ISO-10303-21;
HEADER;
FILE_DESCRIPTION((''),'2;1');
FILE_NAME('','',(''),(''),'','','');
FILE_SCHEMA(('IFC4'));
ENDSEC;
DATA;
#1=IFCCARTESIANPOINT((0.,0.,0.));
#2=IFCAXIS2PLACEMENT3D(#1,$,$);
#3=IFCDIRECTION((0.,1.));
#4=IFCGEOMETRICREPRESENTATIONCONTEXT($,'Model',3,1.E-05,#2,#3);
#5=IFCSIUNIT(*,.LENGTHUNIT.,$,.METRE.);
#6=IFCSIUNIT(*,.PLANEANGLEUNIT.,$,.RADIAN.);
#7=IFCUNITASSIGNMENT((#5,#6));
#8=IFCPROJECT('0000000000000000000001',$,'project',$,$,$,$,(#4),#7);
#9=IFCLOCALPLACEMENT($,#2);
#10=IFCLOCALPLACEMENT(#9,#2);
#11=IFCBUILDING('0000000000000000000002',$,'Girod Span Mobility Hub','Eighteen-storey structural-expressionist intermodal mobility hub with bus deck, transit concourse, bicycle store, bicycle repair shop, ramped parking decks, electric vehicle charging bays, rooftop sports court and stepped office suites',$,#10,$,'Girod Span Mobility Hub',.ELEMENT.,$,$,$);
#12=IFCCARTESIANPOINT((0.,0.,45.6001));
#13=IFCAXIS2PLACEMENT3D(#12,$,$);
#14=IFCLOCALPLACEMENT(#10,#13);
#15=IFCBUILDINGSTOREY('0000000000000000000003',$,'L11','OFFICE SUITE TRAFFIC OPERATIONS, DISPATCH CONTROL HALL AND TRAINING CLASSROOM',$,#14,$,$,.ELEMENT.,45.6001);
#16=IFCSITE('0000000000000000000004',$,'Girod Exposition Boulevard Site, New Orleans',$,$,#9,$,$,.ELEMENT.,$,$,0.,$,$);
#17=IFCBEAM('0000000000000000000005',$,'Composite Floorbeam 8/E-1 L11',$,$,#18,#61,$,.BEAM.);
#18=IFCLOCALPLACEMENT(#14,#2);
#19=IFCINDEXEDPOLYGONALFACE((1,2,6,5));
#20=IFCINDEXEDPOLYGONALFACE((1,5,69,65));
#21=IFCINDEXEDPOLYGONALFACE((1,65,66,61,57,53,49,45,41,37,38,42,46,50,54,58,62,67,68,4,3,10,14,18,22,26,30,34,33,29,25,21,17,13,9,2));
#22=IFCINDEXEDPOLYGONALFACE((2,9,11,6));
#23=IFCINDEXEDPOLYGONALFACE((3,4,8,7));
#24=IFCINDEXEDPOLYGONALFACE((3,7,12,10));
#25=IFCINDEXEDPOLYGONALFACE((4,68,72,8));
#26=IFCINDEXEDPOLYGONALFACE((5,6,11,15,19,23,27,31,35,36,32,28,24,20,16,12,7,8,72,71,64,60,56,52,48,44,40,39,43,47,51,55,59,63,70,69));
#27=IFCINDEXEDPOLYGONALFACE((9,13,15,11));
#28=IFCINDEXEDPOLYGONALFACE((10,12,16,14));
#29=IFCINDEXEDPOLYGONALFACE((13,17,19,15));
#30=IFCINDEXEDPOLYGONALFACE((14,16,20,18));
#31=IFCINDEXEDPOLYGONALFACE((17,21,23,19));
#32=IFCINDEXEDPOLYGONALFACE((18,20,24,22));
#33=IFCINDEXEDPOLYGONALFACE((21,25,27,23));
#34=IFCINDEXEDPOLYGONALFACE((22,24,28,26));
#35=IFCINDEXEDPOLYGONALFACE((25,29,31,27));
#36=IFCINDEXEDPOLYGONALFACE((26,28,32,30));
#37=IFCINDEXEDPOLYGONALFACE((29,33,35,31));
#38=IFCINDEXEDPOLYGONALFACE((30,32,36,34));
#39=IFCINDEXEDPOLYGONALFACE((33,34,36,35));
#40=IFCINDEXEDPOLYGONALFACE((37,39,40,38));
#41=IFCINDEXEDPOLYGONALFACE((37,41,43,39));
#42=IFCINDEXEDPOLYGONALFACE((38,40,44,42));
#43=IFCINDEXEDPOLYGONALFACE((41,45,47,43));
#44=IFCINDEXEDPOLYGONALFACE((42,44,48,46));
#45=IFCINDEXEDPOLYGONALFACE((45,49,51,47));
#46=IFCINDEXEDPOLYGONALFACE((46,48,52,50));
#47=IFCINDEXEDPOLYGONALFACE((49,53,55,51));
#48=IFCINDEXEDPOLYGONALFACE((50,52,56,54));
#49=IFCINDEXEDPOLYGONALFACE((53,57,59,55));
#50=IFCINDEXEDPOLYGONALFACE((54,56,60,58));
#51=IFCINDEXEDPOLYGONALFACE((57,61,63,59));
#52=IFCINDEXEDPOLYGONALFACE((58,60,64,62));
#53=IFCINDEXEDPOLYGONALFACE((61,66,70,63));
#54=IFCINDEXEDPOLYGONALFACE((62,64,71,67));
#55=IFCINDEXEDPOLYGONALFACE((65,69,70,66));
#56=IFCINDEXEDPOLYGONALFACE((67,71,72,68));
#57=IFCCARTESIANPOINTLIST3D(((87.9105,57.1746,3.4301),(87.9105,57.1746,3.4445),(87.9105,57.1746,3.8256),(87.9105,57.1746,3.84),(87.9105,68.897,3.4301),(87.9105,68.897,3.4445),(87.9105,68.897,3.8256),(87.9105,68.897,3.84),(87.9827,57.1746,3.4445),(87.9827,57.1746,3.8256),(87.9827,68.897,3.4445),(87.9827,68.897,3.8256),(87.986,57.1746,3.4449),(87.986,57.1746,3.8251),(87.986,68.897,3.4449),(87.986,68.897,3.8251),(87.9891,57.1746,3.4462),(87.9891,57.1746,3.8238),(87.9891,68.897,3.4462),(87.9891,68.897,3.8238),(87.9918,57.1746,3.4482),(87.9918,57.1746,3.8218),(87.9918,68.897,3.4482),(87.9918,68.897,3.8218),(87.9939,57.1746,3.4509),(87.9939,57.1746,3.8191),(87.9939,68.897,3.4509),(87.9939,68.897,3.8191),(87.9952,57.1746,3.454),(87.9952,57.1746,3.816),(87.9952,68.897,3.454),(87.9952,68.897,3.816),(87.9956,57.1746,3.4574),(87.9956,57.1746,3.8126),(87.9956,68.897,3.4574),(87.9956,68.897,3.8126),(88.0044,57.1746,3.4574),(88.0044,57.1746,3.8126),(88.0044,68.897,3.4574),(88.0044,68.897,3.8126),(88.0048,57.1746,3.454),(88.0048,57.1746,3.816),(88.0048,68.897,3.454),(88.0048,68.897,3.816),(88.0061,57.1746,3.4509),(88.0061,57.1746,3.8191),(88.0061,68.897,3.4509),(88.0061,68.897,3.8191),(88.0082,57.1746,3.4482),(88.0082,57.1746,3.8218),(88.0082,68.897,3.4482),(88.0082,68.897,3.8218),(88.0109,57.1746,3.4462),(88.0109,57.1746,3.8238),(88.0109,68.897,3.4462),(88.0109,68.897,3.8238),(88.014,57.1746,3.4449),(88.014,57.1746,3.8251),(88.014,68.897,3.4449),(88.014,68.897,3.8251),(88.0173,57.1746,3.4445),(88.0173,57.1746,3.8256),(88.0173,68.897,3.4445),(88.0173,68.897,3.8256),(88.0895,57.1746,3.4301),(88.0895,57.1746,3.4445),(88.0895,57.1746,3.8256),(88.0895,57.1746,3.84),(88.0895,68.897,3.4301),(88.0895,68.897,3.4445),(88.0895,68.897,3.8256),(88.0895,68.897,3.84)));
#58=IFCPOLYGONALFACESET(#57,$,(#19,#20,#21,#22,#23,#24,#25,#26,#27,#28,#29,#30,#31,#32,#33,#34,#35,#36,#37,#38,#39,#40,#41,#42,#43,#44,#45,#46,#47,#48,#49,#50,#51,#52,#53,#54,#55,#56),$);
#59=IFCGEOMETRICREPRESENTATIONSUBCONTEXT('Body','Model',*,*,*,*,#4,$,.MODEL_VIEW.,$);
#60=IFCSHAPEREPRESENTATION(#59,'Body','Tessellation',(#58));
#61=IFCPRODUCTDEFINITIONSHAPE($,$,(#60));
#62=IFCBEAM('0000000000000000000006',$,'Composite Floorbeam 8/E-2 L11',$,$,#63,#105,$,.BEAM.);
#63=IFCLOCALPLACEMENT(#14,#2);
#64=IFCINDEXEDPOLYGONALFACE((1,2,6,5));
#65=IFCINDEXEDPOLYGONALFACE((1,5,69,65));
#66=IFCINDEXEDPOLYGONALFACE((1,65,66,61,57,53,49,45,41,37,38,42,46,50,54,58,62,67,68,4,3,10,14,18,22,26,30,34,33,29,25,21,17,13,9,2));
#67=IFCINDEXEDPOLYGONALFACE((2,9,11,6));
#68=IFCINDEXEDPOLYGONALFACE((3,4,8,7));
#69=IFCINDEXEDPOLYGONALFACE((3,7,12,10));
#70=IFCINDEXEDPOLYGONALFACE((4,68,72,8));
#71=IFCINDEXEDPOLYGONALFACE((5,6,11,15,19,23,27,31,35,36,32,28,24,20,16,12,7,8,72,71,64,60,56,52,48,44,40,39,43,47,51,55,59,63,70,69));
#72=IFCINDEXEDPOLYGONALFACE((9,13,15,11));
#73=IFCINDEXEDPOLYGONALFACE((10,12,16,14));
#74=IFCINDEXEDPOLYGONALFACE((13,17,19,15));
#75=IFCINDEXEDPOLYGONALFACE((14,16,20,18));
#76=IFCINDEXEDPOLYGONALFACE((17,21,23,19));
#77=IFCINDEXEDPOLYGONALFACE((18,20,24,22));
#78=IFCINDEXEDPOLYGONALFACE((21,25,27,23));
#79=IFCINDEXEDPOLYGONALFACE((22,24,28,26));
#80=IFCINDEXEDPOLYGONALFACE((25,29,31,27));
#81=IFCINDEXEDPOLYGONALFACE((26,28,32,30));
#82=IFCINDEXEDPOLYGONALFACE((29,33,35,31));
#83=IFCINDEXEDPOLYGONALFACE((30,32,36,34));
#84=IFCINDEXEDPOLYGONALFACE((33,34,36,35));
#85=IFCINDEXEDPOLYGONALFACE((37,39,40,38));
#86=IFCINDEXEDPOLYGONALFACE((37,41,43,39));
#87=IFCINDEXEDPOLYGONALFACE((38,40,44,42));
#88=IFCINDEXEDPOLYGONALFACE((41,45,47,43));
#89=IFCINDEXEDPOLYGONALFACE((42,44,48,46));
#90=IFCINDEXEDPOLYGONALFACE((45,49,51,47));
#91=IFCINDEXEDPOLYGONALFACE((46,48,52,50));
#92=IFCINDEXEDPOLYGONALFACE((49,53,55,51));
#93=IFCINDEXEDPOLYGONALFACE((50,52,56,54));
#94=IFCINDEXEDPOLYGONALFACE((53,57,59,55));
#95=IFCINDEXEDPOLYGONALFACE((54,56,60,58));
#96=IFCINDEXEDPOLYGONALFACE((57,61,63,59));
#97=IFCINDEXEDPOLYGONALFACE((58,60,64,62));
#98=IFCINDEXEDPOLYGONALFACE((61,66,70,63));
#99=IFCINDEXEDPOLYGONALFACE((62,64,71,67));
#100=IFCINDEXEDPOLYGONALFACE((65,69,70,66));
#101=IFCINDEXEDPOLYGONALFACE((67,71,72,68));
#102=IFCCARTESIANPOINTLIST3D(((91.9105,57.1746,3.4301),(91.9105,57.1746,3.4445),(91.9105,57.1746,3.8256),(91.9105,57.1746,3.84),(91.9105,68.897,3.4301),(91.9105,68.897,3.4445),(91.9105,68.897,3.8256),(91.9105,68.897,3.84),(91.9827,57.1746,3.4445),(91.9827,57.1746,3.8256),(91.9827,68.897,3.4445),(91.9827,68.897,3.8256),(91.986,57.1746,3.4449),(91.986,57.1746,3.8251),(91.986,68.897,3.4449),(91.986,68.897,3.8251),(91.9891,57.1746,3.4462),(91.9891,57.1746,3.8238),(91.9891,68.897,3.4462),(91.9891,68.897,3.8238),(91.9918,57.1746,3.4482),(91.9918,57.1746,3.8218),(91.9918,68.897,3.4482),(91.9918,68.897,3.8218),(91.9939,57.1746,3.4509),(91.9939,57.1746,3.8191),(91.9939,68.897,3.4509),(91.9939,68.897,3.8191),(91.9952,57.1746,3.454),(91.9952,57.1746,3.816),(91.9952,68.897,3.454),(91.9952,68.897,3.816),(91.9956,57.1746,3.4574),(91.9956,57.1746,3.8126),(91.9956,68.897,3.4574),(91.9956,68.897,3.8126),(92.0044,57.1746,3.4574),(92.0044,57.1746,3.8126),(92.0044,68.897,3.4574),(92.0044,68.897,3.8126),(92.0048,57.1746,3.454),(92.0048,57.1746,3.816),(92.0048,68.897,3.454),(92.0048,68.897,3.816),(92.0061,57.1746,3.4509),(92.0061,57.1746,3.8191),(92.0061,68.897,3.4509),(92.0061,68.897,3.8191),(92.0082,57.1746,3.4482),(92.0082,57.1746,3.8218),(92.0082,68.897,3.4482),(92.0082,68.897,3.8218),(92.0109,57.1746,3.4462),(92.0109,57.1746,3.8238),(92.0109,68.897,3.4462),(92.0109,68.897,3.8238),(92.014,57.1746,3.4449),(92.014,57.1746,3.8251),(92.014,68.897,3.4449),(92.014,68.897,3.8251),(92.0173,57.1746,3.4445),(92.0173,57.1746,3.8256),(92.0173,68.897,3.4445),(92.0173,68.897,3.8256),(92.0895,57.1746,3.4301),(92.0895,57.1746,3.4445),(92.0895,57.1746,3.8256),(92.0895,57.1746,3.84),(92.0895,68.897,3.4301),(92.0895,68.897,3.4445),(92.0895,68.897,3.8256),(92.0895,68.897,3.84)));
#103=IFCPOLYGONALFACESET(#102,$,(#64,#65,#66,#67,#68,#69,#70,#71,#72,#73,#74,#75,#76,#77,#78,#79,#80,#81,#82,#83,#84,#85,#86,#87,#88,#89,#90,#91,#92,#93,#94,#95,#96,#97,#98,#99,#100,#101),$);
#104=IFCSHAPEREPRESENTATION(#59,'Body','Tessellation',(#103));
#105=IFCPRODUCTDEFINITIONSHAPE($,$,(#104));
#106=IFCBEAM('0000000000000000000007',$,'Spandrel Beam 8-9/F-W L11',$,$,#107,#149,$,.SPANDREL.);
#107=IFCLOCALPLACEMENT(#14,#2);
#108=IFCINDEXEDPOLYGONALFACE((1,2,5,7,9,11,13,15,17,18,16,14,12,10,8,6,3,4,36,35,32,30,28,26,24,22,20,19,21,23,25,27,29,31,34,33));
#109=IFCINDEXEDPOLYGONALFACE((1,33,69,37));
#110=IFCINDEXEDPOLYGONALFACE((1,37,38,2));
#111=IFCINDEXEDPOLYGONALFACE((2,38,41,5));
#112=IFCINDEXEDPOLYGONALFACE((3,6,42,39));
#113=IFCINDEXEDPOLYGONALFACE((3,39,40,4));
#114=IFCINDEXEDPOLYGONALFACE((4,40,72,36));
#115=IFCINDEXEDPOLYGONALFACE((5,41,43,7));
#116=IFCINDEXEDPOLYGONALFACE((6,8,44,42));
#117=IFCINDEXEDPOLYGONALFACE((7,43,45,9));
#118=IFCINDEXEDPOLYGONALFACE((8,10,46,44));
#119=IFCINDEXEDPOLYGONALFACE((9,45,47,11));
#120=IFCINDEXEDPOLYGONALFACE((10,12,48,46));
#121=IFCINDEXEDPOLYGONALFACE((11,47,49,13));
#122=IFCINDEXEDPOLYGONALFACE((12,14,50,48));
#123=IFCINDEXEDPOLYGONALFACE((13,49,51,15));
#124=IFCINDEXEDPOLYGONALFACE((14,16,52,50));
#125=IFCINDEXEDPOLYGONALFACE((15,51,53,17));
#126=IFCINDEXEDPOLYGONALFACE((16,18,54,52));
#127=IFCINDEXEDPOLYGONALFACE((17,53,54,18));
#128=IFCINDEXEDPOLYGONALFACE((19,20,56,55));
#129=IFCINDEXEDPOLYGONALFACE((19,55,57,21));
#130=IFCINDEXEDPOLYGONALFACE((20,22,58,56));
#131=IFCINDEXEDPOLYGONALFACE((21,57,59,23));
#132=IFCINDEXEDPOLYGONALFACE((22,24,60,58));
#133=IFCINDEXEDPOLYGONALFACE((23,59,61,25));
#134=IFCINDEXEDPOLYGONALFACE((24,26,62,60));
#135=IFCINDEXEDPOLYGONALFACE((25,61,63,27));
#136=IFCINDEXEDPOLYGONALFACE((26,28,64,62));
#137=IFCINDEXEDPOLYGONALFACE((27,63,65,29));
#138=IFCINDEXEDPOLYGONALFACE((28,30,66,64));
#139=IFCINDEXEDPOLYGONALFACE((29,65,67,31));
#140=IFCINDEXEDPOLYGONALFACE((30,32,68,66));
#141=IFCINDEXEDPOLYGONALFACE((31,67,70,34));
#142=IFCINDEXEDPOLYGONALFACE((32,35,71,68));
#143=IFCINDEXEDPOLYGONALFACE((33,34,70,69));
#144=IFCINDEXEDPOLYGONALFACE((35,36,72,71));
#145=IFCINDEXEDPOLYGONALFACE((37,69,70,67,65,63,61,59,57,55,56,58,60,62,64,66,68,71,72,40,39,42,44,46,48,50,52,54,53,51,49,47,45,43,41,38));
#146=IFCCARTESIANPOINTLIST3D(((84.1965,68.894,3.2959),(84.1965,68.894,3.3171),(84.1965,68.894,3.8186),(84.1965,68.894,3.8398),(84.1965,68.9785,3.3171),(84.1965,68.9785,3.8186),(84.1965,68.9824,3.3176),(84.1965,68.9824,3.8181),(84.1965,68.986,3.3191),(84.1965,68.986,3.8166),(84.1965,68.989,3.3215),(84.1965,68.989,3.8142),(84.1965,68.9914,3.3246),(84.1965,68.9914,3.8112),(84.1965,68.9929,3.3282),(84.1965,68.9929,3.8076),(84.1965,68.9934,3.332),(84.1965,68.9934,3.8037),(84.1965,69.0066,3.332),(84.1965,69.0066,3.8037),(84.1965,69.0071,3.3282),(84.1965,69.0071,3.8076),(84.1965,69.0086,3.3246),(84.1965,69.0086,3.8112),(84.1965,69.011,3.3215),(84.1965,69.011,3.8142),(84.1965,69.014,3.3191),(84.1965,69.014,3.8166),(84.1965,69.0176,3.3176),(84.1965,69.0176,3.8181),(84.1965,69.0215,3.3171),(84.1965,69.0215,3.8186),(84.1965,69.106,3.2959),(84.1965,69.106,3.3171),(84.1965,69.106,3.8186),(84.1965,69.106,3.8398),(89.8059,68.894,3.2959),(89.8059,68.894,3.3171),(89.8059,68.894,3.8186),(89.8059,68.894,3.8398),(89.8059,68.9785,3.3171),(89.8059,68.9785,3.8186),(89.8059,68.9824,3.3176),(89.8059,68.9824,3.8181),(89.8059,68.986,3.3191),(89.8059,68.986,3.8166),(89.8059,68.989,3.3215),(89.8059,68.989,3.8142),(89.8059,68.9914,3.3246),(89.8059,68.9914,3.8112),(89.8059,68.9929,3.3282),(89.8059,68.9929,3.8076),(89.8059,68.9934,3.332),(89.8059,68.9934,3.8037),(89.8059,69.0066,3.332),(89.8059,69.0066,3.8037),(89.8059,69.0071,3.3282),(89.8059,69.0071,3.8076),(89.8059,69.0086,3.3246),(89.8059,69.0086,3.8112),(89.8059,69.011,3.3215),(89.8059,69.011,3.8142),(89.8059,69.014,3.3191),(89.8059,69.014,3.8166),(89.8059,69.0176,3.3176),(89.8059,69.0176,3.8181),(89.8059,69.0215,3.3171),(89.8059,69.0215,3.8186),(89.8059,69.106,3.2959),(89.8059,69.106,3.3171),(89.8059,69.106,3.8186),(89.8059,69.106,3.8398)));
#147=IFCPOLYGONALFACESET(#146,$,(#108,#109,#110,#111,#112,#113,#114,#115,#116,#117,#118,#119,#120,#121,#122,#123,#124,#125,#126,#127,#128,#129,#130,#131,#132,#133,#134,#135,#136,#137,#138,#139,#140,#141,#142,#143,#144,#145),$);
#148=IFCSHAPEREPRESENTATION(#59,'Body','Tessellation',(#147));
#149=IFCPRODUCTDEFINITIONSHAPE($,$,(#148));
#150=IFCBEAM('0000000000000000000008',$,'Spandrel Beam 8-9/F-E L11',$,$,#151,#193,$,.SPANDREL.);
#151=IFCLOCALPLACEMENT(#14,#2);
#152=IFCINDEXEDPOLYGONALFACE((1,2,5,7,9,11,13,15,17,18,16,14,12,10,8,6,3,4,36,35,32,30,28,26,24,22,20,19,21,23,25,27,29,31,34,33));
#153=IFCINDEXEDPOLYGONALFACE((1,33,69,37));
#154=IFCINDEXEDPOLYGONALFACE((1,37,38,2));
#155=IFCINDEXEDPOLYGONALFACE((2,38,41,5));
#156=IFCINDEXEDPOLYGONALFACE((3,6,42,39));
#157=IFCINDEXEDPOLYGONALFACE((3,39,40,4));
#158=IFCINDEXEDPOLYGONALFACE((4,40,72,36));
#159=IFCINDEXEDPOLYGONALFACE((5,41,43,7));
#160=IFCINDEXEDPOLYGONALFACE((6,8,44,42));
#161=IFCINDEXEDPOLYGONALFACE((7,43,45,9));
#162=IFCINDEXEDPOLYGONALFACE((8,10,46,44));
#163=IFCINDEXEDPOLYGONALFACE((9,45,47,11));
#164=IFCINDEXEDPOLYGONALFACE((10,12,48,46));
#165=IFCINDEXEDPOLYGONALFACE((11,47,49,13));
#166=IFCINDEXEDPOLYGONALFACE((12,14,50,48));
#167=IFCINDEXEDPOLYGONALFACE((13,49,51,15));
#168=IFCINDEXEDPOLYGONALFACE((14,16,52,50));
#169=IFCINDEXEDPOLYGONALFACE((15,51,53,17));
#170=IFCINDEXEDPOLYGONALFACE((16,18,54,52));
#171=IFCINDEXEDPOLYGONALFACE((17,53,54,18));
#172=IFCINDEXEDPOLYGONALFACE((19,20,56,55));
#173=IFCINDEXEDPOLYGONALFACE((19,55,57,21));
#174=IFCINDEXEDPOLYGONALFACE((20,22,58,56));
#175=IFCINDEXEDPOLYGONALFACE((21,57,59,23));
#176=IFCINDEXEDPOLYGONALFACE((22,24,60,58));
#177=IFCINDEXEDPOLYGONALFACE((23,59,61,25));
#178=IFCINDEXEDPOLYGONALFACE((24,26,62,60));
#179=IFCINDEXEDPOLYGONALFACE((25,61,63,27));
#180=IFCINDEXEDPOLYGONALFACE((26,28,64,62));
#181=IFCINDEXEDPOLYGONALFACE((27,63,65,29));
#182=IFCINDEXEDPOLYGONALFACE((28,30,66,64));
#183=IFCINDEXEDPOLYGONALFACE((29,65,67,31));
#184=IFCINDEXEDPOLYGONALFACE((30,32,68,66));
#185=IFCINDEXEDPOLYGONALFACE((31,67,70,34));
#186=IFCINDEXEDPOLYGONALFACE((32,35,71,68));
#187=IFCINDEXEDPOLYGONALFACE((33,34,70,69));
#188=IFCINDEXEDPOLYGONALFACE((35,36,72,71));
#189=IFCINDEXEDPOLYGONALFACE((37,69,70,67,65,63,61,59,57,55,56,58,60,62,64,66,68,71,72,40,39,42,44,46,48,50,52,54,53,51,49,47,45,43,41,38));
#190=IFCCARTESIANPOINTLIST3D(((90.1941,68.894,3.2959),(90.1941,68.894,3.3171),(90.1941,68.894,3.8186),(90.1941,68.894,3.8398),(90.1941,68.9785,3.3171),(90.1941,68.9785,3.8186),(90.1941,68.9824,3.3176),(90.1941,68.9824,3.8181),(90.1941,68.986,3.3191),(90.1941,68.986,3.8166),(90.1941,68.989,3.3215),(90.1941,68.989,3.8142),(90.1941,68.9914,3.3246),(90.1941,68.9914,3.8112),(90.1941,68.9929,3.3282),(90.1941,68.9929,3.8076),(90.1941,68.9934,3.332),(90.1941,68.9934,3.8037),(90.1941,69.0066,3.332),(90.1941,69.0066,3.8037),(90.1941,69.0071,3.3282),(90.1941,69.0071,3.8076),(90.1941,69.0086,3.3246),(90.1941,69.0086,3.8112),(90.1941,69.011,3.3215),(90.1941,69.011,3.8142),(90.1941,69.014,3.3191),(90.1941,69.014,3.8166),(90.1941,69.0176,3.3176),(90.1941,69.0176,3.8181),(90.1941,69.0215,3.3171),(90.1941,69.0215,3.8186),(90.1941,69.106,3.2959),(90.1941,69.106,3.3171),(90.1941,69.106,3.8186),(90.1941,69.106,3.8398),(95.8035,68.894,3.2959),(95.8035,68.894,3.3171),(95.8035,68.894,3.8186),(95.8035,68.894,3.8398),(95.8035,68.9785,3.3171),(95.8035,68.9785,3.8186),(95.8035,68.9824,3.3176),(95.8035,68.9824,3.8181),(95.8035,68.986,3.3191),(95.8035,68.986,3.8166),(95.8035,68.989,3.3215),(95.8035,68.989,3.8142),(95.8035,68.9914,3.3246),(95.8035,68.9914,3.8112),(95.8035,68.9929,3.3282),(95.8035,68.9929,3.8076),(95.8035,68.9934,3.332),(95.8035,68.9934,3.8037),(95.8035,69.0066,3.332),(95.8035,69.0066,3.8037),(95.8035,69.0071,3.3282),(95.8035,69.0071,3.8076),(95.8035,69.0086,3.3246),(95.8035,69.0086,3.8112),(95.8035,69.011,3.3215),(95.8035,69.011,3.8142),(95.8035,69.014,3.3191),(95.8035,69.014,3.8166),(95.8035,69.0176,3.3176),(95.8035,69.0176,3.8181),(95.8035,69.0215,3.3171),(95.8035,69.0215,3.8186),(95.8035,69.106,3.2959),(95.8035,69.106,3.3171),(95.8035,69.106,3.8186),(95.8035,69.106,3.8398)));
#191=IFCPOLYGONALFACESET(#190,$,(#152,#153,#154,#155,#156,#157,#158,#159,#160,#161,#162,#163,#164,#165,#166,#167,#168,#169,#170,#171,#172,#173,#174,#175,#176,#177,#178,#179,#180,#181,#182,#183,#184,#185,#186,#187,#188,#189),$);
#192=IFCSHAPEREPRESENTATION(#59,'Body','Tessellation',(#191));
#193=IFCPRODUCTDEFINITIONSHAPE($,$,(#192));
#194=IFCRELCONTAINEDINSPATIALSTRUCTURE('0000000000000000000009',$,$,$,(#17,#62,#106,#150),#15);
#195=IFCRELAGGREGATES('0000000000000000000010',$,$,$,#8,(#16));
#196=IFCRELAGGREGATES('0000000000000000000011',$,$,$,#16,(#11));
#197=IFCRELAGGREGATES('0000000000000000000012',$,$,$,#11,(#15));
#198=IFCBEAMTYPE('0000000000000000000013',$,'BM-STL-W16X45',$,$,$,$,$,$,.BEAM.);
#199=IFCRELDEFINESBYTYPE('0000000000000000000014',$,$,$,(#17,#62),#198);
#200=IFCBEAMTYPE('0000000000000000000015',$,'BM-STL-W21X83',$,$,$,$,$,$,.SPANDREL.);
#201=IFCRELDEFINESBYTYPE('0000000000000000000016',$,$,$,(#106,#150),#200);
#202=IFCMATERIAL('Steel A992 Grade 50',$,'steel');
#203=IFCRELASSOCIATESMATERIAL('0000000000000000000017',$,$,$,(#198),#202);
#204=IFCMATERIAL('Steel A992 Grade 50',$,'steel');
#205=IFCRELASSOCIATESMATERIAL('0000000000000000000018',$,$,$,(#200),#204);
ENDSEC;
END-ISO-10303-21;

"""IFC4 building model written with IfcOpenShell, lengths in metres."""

from ifc_helpers import new_model, si_unit, direction, frame, origin, origin_2d, place, context, subcontext, project, spatial, i_section, extrude, material, material_profile, profile_set, type_object, element, save


model = new_model("IFC4")

# Units and contexts
model_context = context("Model", 3, precision=1e-05, world=origin(), true_north=direction((0.0, 1.0)))
body_context = subcontext(model_context, "Body", "Model", "MODEL_VIEW")
ifc_project = project(units=[si_unit("LENGTHUNIT", "METRE"), si_unit("PLANEANGLEUNIT", "RADIAN")], contexts=[model_context])

# Site, building, storey
site_placement = place(None, origin())
site = spatial("IfcSite", under=ifc_project, at=site_placement, Name="Girod Exposition Boulevard Site, New Orleans", CompositionType="ELEMENT", RefElevation=0.0)
building_placement = place(site_placement, origin())
building = spatial("IfcBuilding", under=site, at=building_placement, Name="Girod Span Mobility Hub", Description="Eighteen-storey structural-expressionist intermodal mobility hub with bus deck, transit concourse, bicycle store, bicycle repair shop, ramped parking decks, electric vehicle charging bays, rooftop sports court and stepped office suites", LongName="Girod Span Mobility Hub", CompositionType="ELEMENT")
storey_placement = place(building_placement, frame((0.0, 0.0, 45.6001)))
storey = spatial("IfcBuildingStorey", under=building, at=storey_placement, Name="L11", Description="OFFICE SUITE TRAFFIC OPERATIONS, DISPATCH CONTROL HALL AND TRAINING CLASSROOM", CompositionType="ELEMENT", Elevation=45.6001)

# Beams
ifc_material_1 = material(Name="Steel A992 Grade 50", Category="steel")
ifc_material_profile_1 = material_profile(ifc_material_1, i_section(OverallWidth=0.179, OverallDepth=0.4099, WebThickness=0.0088, FlangeThickness=0.0144, FilletRadius=0.0129, at=origin_2d()), Name="W16X45")
ifc_profile_set_1 = profile_set([ifc_material_profile_1], Name="Steel A992 Grade 50")
beam_type_1 = type_object("IfcBeamType", Name="BM-STL-W16X45", PredefinedType="BEAM", material=ifc_profile_set_1)
for number, where, z_axis, x_axis, name in (
    (1, (88.0, 57.1746, 3.635), (0.0, 1.0, 0.0), (-1.0, 0.0, 0.0), "Composite Floorbeam 8/E-1 L11"),
    (2, (92.0, 57.1746, 3.635), (0.0, 1.0, 0.0), (-1.0, 0.0, 0.0), "Composite Floorbeam 8/E-2 L11"),
):
    element("IfcBeam", number, at=place(storey_placement, frame(where, z_axis=z_axis, x_axis=x_axis)), inside=storey, type_object=beam_type_1, Name=name, PredefinedType="BEAM", context=body_context, shape_type="SweptSolid", body=[
        extrude(i_section(OverallWidth=0.179, OverallDepth=0.4099, WebThickness=0.0088, FlangeThickness=0.0144, FilletRadius=0.0129, at=origin_2d()), origin(), (0.0, 0.0, 1.0), 11.7224),
    ])
ifc_material_2 = material(Name="Steel A992 Grade 50", Category="steel")
ifc_material_profile_2 = material_profile(ifc_material_2, i_section(OverallWidth=0.2119, OverallDepth=0.5439, WebThickness=0.0132, FlangeThickness=0.0212, FilletRadius=0.0149, at=origin_2d()), Name="W21X83")
ifc_profile_set_2 = profile_set([ifc_material_profile_2], Name="Steel A992 Grade 50")
beam_type_2 = type_object("IfcBeamType", Name="BM-STL-W21X83", PredefinedType="SPANDREL", material=ifc_profile_set_2)
for number, where, z_axis, x_axis, name in (
    (3, (84.1965, 69.0, 3.5679), (1.0, 0.0, 0.0), (0.0, 1.0, 0.0), "Spandrel Beam 8-9/F-W L11"),
    (4, (90.1941, 69.0, 3.5679), (1.0, 0.0, 0.0), (0.0, 1.0, 0.0), "Spandrel Beam 8-9/F-E L11"),
):
    element("IfcBeam", number, at=place(storey_placement, frame(where, z_axis=z_axis, x_axis=x_axis)), inside=storey, type_object=beam_type_2, Name=name, PredefinedType="SPANDREL", context=body_context, shape_type="SweptSolid", body=[
        extrude(i_section(OverallWidth=0.2119, OverallDepth=0.5439, WebThickness=0.0132, FlangeThickness=0.0212, FilletRadius=0.0149, at=origin_2d()), origin(), (0.0, 0.0, 1.0), 5.6094),
    ])

save(model, "model.ifc")
